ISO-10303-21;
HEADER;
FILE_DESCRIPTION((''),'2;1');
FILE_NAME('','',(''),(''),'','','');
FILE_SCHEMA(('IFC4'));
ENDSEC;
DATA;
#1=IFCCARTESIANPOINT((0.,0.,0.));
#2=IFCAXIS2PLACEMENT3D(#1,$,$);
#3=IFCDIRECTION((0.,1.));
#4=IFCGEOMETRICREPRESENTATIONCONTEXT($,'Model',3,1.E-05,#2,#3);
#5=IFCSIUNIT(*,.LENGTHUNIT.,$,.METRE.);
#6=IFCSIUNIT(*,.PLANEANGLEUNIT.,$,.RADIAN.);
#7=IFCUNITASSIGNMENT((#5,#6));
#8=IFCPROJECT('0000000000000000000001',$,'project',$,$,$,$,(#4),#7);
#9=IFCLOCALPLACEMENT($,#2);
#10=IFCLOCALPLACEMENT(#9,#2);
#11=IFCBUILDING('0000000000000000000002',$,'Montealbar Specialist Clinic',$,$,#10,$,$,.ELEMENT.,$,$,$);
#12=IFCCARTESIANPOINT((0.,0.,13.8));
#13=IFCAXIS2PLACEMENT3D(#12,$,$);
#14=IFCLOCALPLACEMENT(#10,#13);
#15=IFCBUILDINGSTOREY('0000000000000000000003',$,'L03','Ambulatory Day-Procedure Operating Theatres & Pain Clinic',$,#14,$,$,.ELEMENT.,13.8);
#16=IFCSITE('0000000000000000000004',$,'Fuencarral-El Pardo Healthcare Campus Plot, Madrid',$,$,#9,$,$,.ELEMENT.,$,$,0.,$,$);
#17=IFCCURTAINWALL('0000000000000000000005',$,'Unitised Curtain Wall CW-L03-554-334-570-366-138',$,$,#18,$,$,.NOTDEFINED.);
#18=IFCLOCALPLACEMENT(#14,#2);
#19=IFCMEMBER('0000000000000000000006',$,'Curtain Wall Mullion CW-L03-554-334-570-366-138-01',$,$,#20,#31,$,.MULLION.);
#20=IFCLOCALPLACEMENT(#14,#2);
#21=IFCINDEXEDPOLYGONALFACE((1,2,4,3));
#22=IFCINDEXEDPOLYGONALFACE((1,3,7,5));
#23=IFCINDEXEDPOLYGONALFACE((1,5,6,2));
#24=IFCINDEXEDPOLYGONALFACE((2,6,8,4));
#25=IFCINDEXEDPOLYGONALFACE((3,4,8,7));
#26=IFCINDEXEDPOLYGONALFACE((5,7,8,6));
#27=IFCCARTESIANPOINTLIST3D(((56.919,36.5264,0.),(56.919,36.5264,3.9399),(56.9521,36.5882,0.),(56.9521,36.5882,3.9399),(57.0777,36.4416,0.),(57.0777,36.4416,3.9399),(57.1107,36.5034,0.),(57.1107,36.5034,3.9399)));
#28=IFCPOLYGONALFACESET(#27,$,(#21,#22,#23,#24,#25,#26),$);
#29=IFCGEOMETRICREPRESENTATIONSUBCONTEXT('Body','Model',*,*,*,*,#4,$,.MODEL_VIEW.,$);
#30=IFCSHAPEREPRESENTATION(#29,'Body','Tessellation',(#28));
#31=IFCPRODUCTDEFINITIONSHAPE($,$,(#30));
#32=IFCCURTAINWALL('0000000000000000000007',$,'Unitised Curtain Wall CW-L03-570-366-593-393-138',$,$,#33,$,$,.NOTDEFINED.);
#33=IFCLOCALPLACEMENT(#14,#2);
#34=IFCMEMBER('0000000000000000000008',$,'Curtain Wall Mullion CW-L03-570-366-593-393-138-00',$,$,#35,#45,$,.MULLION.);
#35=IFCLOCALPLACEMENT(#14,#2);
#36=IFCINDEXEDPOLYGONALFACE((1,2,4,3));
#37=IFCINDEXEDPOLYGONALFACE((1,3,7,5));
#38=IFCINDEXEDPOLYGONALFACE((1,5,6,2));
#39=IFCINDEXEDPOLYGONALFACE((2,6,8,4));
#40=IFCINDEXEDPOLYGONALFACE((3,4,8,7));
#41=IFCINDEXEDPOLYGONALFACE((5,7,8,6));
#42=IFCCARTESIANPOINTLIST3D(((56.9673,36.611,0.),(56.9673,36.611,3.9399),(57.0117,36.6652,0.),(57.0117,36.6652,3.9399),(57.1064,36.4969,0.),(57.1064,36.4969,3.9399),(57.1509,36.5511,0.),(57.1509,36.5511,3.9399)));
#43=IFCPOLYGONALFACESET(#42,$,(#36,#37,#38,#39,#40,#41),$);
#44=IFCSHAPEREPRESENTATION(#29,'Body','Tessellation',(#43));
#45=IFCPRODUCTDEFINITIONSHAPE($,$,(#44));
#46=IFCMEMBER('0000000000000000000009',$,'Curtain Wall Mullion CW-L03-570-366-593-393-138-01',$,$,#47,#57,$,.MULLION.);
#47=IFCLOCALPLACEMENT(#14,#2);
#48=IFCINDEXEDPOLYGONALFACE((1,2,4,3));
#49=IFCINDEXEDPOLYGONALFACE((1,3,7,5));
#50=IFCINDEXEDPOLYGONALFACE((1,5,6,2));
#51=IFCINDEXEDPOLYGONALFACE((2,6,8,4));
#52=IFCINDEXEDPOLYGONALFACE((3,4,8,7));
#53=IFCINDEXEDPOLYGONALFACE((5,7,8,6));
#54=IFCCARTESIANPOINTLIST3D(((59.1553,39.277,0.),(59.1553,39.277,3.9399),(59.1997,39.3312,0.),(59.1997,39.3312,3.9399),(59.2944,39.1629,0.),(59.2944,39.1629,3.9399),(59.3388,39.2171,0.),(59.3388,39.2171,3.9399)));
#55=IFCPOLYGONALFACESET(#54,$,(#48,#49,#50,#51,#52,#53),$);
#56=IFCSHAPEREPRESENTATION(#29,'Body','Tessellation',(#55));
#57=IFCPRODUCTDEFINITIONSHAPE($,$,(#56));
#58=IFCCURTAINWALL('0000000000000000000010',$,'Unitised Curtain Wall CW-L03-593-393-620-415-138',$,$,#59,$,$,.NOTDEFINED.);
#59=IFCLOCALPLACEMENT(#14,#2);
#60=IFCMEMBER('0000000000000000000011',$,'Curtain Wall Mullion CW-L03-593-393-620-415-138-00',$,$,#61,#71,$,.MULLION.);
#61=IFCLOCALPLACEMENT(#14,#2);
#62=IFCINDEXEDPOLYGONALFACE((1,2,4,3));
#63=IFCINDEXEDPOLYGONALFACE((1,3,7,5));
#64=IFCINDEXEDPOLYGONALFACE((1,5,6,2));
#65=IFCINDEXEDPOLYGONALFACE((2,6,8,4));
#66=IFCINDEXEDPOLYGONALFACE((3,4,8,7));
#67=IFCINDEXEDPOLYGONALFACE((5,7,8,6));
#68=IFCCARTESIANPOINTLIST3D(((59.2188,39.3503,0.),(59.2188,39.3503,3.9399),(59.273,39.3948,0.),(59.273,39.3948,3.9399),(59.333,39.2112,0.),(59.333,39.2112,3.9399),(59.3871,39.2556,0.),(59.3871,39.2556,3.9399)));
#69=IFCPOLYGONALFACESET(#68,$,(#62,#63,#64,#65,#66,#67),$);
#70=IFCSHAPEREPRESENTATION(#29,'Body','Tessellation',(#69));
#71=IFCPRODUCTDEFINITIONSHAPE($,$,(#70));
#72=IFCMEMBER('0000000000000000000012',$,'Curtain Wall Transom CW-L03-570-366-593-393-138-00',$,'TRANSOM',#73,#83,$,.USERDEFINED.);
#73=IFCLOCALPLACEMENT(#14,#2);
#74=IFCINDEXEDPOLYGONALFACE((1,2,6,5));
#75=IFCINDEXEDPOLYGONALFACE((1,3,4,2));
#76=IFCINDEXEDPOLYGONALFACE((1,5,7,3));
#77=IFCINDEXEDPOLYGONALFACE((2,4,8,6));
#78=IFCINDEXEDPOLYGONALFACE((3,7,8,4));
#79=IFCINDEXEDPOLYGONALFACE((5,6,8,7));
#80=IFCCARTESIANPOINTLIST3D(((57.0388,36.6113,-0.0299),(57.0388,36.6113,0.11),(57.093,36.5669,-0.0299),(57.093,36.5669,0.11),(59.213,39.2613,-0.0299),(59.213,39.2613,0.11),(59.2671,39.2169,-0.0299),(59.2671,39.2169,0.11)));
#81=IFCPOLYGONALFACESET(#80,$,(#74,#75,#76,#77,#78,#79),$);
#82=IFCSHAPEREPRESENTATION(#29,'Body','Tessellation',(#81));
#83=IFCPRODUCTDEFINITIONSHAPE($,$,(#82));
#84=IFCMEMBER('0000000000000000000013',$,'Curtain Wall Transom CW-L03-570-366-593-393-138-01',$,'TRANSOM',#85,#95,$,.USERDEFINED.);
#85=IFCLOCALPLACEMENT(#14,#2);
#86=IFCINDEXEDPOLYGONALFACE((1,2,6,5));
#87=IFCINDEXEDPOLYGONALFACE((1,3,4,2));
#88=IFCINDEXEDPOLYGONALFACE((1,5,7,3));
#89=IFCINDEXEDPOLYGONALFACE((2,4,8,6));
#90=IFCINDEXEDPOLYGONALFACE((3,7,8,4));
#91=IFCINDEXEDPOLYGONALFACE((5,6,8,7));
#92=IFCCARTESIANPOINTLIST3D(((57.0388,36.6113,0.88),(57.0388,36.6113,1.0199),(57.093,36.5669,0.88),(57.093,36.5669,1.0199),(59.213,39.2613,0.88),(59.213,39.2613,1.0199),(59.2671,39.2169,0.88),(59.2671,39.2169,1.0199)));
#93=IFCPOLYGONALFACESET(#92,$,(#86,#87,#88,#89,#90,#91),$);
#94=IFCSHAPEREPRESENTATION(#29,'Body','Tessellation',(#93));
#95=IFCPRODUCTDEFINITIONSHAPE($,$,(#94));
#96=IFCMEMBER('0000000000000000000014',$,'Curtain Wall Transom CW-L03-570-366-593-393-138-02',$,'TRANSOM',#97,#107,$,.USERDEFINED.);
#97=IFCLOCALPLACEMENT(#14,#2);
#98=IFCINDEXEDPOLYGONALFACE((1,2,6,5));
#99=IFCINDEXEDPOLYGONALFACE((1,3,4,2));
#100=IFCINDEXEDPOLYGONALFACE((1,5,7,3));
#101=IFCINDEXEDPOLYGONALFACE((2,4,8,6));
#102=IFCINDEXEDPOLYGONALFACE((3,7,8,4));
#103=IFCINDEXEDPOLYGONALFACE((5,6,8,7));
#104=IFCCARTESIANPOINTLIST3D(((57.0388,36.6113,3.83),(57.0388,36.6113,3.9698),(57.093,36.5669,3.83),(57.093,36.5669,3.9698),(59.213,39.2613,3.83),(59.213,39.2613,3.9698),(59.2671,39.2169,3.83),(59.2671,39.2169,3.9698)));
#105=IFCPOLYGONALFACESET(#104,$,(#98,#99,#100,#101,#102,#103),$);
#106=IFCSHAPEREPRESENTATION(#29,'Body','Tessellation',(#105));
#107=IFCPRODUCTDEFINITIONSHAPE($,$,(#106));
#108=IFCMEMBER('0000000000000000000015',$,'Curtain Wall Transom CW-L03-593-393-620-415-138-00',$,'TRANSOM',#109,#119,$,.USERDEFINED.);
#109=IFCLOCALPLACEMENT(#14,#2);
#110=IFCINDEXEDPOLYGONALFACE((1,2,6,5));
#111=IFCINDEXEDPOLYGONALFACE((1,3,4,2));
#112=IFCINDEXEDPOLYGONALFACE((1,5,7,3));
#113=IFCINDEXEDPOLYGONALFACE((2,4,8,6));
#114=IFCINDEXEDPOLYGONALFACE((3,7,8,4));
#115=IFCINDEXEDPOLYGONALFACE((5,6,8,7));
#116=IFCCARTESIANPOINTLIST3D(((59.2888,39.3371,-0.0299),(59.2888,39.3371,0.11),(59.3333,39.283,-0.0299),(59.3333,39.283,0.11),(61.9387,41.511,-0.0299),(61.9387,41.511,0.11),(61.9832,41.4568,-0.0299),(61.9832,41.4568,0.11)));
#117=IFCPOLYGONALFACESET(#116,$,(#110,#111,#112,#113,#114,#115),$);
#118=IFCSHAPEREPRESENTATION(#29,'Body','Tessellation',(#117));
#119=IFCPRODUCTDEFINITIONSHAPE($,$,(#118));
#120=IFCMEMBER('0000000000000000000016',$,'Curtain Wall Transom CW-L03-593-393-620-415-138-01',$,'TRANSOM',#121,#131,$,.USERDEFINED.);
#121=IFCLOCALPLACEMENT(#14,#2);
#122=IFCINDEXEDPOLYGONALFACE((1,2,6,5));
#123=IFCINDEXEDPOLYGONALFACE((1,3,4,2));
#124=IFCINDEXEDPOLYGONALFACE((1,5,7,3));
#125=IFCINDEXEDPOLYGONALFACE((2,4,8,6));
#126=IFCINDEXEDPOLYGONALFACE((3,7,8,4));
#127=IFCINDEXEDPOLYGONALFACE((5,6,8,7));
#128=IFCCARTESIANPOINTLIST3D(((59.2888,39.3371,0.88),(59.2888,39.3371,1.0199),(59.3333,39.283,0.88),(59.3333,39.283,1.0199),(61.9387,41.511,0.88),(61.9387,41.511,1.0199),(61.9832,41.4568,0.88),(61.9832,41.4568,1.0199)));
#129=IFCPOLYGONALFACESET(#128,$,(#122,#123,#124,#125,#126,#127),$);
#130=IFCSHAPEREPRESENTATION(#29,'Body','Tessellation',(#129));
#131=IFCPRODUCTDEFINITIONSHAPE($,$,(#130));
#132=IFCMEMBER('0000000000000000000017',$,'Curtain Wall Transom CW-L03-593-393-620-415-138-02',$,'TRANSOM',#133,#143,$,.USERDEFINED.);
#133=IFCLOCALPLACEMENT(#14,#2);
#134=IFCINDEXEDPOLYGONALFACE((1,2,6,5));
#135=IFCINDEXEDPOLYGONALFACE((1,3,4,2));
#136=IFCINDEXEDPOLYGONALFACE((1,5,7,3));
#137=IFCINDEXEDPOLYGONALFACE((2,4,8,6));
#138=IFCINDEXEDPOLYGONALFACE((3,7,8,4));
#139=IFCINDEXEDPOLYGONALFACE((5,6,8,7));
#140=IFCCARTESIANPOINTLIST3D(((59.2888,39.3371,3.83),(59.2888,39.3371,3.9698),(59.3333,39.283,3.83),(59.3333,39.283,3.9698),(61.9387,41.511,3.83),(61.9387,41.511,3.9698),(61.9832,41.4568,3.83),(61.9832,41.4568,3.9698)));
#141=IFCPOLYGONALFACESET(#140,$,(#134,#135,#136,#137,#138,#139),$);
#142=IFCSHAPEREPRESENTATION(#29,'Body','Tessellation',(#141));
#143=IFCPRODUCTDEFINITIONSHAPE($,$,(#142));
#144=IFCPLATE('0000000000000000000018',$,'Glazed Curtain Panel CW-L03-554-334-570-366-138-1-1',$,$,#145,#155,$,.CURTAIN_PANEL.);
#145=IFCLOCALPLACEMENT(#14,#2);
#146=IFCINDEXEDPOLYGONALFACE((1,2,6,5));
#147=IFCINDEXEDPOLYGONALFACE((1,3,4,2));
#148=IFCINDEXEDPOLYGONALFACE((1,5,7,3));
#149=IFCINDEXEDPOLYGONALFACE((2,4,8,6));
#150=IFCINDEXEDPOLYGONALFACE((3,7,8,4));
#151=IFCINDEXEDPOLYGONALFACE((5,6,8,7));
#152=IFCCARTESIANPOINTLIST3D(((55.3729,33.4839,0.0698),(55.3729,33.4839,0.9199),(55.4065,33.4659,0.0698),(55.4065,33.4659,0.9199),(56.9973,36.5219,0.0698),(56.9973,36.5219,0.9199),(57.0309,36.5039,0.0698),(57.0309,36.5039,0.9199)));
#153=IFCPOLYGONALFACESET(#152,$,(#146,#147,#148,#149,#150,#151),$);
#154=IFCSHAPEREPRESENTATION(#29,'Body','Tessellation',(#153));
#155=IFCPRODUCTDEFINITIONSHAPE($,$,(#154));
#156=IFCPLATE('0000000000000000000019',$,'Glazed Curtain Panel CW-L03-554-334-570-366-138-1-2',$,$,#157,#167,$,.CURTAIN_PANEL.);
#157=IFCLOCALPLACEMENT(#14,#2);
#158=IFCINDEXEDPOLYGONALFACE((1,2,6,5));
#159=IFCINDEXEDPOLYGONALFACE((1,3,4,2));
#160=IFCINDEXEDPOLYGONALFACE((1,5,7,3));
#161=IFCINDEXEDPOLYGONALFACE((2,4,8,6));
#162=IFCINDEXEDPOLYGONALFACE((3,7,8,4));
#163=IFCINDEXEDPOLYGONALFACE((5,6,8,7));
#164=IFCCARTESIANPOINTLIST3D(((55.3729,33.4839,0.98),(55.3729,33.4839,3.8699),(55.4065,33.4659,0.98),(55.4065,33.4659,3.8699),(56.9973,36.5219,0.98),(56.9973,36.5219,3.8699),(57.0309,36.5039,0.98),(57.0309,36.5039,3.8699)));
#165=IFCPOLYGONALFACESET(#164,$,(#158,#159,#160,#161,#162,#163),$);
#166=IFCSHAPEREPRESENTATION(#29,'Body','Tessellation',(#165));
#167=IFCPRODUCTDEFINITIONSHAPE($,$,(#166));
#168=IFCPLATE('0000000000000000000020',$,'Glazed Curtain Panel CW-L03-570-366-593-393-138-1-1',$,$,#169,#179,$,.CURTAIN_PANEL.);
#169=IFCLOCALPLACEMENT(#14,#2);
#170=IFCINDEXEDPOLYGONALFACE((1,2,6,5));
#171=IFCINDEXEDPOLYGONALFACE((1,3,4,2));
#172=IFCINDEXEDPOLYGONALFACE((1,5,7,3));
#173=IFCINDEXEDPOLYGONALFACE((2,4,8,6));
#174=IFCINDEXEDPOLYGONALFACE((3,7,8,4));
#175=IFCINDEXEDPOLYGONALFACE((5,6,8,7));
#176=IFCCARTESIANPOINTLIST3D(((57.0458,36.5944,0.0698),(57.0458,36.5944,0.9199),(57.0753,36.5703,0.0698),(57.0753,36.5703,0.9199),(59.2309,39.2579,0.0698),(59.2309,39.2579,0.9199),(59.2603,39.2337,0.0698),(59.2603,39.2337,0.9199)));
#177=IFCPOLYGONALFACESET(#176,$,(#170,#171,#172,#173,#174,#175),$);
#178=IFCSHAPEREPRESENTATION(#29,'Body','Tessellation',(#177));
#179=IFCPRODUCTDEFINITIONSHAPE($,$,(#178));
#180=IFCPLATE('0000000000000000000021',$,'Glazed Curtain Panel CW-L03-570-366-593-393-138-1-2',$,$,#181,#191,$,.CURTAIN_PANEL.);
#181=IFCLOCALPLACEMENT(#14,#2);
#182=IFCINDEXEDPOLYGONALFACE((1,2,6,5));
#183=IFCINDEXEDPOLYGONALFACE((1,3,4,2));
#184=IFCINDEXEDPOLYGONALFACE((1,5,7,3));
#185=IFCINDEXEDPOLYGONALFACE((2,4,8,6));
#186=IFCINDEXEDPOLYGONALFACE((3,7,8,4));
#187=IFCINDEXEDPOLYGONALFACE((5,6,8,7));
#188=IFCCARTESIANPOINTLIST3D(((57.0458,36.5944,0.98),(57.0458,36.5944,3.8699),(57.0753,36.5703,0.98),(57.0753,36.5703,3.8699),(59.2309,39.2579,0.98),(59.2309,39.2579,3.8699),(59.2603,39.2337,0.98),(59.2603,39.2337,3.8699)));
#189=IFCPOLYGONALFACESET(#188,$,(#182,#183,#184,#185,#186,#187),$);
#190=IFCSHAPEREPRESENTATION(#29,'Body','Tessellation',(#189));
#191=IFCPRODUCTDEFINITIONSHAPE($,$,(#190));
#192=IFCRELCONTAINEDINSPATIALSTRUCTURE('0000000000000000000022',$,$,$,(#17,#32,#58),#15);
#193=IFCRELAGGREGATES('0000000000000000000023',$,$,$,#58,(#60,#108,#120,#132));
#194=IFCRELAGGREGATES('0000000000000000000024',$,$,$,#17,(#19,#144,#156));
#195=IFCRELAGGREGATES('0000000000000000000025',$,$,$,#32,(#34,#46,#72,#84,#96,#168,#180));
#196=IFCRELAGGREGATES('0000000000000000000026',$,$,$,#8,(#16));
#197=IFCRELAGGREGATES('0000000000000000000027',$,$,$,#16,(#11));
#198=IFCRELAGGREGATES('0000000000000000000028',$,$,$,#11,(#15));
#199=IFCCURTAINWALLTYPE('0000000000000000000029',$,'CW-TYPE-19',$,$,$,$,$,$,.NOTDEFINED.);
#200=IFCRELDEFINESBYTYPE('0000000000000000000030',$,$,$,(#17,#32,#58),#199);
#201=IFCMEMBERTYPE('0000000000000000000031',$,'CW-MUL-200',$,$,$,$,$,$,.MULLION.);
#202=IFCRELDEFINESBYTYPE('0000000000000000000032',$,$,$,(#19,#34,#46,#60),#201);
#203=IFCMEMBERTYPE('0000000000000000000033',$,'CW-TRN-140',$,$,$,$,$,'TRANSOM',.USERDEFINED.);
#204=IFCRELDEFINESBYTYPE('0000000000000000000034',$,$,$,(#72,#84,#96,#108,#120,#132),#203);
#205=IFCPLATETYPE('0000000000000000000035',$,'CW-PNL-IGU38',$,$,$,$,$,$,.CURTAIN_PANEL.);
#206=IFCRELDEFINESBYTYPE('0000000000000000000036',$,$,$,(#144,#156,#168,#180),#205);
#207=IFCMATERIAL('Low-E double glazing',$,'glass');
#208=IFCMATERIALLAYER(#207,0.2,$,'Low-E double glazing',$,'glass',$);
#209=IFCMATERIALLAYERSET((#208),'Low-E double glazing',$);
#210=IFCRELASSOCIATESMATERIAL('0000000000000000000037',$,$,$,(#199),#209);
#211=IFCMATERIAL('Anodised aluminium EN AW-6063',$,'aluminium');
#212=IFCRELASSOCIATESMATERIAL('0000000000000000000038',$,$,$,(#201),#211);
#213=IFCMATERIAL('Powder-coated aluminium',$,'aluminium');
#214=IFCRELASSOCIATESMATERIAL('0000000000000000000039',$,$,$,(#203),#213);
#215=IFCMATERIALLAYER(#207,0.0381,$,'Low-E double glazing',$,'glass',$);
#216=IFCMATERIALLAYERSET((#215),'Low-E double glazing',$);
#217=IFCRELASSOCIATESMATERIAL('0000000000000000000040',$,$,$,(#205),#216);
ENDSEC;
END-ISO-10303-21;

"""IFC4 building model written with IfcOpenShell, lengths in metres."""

from ifc_helpers import new_model, si_unit, direction, frame, origin, origin_2d, place, context, subcontext, project, spatial, rectangle, extrude, material, layer, layer_set, material_profile, profile_set, type_object, element, aggregate, save


model = new_model("IFC4")

# Units and contexts
model_context = context("Model", 3, precision=1e-05, world=origin(), true_north=direction((0.0, 1.0)))
body_context = subcontext(model_context, "Body", "Model", "MODEL_VIEW")
ifc_project = project(units=[si_unit("LENGTHUNIT", "METRE"), si_unit("PLANEANGLEUNIT", "RADIAN")], contexts=[model_context])

# Site, building, storey
site_placement = place(None, origin())
site = spatial("IfcSite", under=ifc_project, at=site_placement, Name="Fuencarral-El Pardo Healthcare Campus Plot, Madrid", CompositionType="ELEMENT", RefElevation=0.0)
building_placement = place(site_placement, origin())
building = spatial("IfcBuilding", under=site, at=building_placement, Name="Montealbar Specialist Clinic", CompositionType="ELEMENT")
storey_placement = place(building_placement, frame((0.0, 0.0, 13.8)))
storey = spatial("IfcBuildingStorey", under=building, at=storey_placement, Name="L03", Description="Ambulatory Day-Procedure Operating Theatres & Pain Clinic", CompositionType="ELEMENT", Elevation=13.8)

# Curtain wall, member
ifc_material_1 = material(Name="Low-E double glazing", Category="glass")
ifc_layer_1 = layer(ifc_material_1, 0.2, Name="Low-E double glazing", Category="glass")
ifc_layer_set_1 = layer_set([ifc_layer_1], Name="Low-E double glazing")
curtain_wall_type = type_object("IfcCurtainWallType", Name="CW-TYPE-19", PredefinedType="NOTDEFINED", material=ifc_layer_set_1)
curtain_wall_1_placement = place(storey_placement, origin())
curtain_wall_1 = element("IfcCurtainWall", 1, at=curtain_wall_1_placement, inside=storey, type_object=curtain_wall_type, Name="Unitised Curtain Wall CW-L03-554-334-570-366-138", PredefinedType="NOTDEFINED")
ifc_material_2 = material(Name="Anodised aluminium EN AW-6063", Category="aluminium")
ifc_material_profile_1 = material_profile(ifc_material_2, rectangle(XDim=0.0701, YDim=0.1799, at=origin_2d()), Name="ALU 70x180", Category="aluminium")
ifc_profile_set_1 = profile_set([ifc_material_profile_1], Name="Anodised aluminium EN AW-6063")
member_type_1 = type_object("IfcMemberType", Name="CW-MUL-200", PredefinedType="MULLION", material=ifc_profile_set_1)
member_1_placement = place(storey_placement, frame((57.0149, 36.5149, 0.0), z_axis=(0.0, 0.0, 1.0), x_axis=(0.471529, 0.88185, 0.0)))
member_1 = element("IfcMember", 2, at=member_1_placement, type_object=member_type_1, Name="Curtain Wall Mullion CW-L03-554-334-570-366-138-01", PredefinedType="MULLION", context=body_context, shape_type="SweptSolid", body=[
    extrude(rectangle(XDim=0.0701, YDim=0.1799, at=origin_2d()), origin(), (0.0, 0.0, 1.0), 3.9399),
])

# Curtain wall, members
curtain_wall_2_placement = place(storey_placement, origin())
curtain_wall_2 = element("IfcCurtainWall", 3, at=curtain_wall_2_placement, inside=storey, type_object=curtain_wall_type, Name="Unitised Curtain Wall CW-L03-570-366-593-393-138", PredefinedType="NOTDEFINED")
member_2_placement = place(storey_placement, frame((57.0591, 36.5811, 0.0), z_axis=(0.0, 0.0, 1.0), x_axis=(0.634256, 0.773123, 0.0)))
member_2 = element("IfcMember", 4, at=member_2_placement, type_object=member_type_1, Name="Curtain Wall Mullion CW-L03-570-366-593-393-138-00", PredefinedType="MULLION", context=body_context, shape_type="SweptSolid", body=[
    extrude(rectangle(XDim=0.0701, YDim=0.1799, at=origin_2d()), origin(), (0.0, 0.0, 1.0), 3.9399),
])
member_3_placement = place(storey_placement, frame((59.2471, 39.2471, 0.0), z_axis=(0.0, 0.0, 1.0), x_axis=(0.634256, 0.773123, 0.0)))
member_3 = element("IfcMember", 5, at=member_3_placement, type_object=member_type_1, Name="Curtain Wall Mullion CW-L03-570-366-593-393-138-01", PredefinedType="MULLION", context=body_context, shape_type="SweptSolid", body=[
    extrude(rectangle(XDim=0.0701, YDim=0.1799, at=origin_2d()), origin(), (0.0, 0.0, 1.0), 3.9399),
])

# Curtain wall, member
curtain_wall_3_placement = place(storey_placement, origin())
curtain_wall_3 = element("IfcCurtainWall", 6, at=curtain_wall_3_placement, inside=storey, type_object=curtain_wall_type, Name="Unitised Curtain Wall CW-L03-593-393-620-415-138", PredefinedType="NOTDEFINED")
member_4_placement = place(storey_placement, frame((59.303, 39.303, 0.0), z_axis=(0.0, 0.0, 1.0), x_axis=(0.773123, 0.634256, 0.0)))
member_4 = element("IfcMember", 7, at=member_4_placement, type_object=member_type_1, Name="Curtain Wall Mullion CW-L03-593-393-620-415-138-00", PredefinedType="MULLION", context=body_context, shape_type="SweptSolid", body=[
    extrude(rectangle(XDim=0.0701, YDim=0.1799, at=origin_2d()), origin(), (0.0, 0.0, 1.0), 3.9399),
])

# Members
ifc_material_3 = material(Name="Powder-coated aluminium", Category="aluminium")
ifc_material_profile_2 = material_profile(ifc_material_3, rectangle(XDim=0.0701, YDim=0.1399, at=origin_2d()), Name="ALU 70x140", Category="aluminium")
ifc_profile_set_2 = profile_set([ifc_material_profile_2], Name="Powder-coated aluminium")
member_type_2 = type_object("IfcMemberType", Name="CW-TRN-140", ElementType="TRANSOM", PredefinedType="USERDEFINED", material=ifc_profile_set_2)
member_5_placement = place(storey_placement, frame((57.0659, 36.5891, 0.04), z_axis=(0.634281, 0.773103, 0.0), x_axis=(-0.773103, 0.634281, 0.0)))
member_5 = element("IfcMember", 8, at=member_5_placement, type_object=member_type_2, Name="Curtain Wall Transom CW-L03-570-366-593-393-138-00", ObjectType="TRANSOM", PredefinedType="USERDEFINED", context=body_context, shape_type="SweptSolid", body=[
    extrude(rectangle(XDim=0.0701, YDim=0.1399, at=origin_2d()), origin(), (0.0, 0.0, 1.0), 3.4277),
])
member_6_placement = place(storey_placement, frame((57.0659, 36.5891, 0.95), z_axis=(0.634281, 0.773103, 0.0), x_axis=(-0.773103, 0.634281, 0.0)))
member_6 = element("IfcMember", 9, at=member_6_placement, type_object=member_type_2, Name="Curtain Wall Transom CW-L03-570-366-593-393-138-01", ObjectType="TRANSOM", PredefinedType="USERDEFINED", context=body_context, shape_type="SweptSolid", body=[
    extrude(rectangle(XDim=0.0701, YDim=0.1399, at=origin_2d()), origin(), (0.0, 0.0, 1.0), 3.4277),
])
member_7_placement = place(storey_placement, frame((57.0659, 36.5891, 3.8999), z_axis=(0.634281, 0.773103, 0.0), x_axis=(-0.773103, 0.634281, 0.0)))
member_7 = element("IfcMember", 10, at=member_7_placement, type_object=member_type_2, Name="Curtain Wall Transom CW-L03-570-366-593-393-138-02", ObjectType="TRANSOM", PredefinedType="USERDEFINED", context=body_context, shape_type="SweptSolid", body=[
    extrude(rectangle(XDim=0.0701, YDim=0.1399, at=origin_2d()), origin(), (0.0, 0.0, 1.0), 3.4277),
])
member_8_placement = place(storey_placement, frame((59.311, 39.3101, 0.04), z_axis=(0.773138, 0.634238, 0.0), x_axis=(-0.634238, 0.773138, 0.0)))
member_8 = element("IfcMember", 11, at=member_8_placement, type_object=member_type_2, Name="Curtain Wall Transom CW-L03-593-393-620-415-138-00", ObjectType="TRANSOM", PredefinedType="USERDEFINED", context=body_context, shape_type="SweptSolid", body=[
    extrude(rectangle(XDim=0.0701, YDim=0.1399, at=origin_2d()), origin(), (0.0, 0.0, 1.0), 3.4275),
])
member_9_placement = place(storey_placement, frame((59.311, 39.3101, 0.95), z_axis=(0.773138, 0.634238, 0.0), x_axis=(-0.634238, 0.773138, 0.0)))
member_9 = element("IfcMember", 12, at=member_9_placement, type_object=member_type_2, Name="Curtain Wall Transom CW-L03-593-393-620-415-138-01", ObjectType="TRANSOM", PredefinedType="USERDEFINED", context=body_context, shape_type="SweptSolid", body=[
    extrude(rectangle(XDim=0.0701, YDim=0.1399, at=origin_2d()), origin(), (0.0, 0.0, 1.0), 3.4275),
])
member_10_placement = place(storey_placement, frame((59.311, 39.3101, 3.8999), z_axis=(0.773138, 0.634238, 0.0), x_axis=(-0.634238, 0.773138, 0.0)))
member_10 = element("IfcMember", 13, at=member_10_placement, type_object=member_type_2, Name="Curtain Wall Transom CW-L03-593-393-620-415-138-02", ObjectType="TRANSOM", PredefinedType="USERDEFINED", context=body_context, shape_type="SweptSolid", body=[
    extrude(rectangle(XDim=0.0701, YDim=0.1399, at=origin_2d()), origin(), (0.0, 0.0, 1.0), 3.4275),
])
aggregate(curtain_wall_3, [member_4, member_8, member_9, member_10])

# Plates
ifc_layer_2 = layer(ifc_material_1, 0.0381, Name="Low-E double glazing", Category="glass")
ifc_layer_set_2 = layer_set([ifc_layer_2], Name="Low-E double glazing")
plate_type = type_object("IfcPlateType", Name="CW-PNL-IGU38", PredefinedType="CURTAIN_PANEL", material=ifc_layer_set_2)
plate_1_placement = place(storey_placement, frame((56.2019, 34.9939, 0.0698), z_axis=(0.0, 0.0, 1.0), x_axis=(0.471529, 0.88185, 0.0)))
plate_1 = element("IfcPlate", 14, at=plate_1_placement, type_object=plate_type, Name="Glazed Curtain Panel CW-L03-554-334-570-366-138-1-1", PredefinedType="CURTAIN_PANEL", context=body_context, shape_type="SweptSolid", body=[
    extrude(rectangle(XDim=3.4451, YDim=0.0381, at=origin_2d()), origin(), (0.0, 0.0, 1.0), 0.8501),
])
plate_2_placement = place(storey_placement, frame((56.2019, 34.9939, 0.98), z_axis=(0.0, 0.0, 1.0), x_axis=(0.471529, 0.88185, 0.0)))
plate_2 = element("IfcPlate", 15, at=plate_2_placement, type_object=plate_type, Name="Glazed Curtain Panel CW-L03-554-334-570-366-138-1-2", PredefinedType="CURTAIN_PANEL", context=body_context, shape_type="SweptSolid", body=[
    extrude(rectangle(XDim=3.4451, YDim=0.0381, at=origin_2d()), origin(), (0.0, 0.0, 1.0), 2.8899),
])
aggregate(curtain_wall_1, [member_1, plate_1, plate_2])
plate_3_placement = place(storey_placement, frame((58.1531, 37.9141, 0.0698), z_axis=(0.0, 0.0, 1.0), x_axis=(0.634256, 0.773123, 0.0)))
plate_3 = element("IfcPlate", 16, at=plate_3_placement, type_object=plate_type, Name="Glazed Curtain Panel CW-L03-570-366-593-393-138-1-1", PredefinedType="CURTAIN_PANEL", context=body_context, shape_type="SweptSolid", body=[
    extrude(rectangle(XDim=3.4451, YDim=0.0381, at=origin_2d()), origin(), (0.0, 0.0, 1.0), 0.8501),
])
plate_4_placement = place(storey_placement, frame((58.1531, 37.9141, 0.98), z_axis=(0.0, 0.0, 1.0), x_axis=(0.634256, 0.773123, 0.0)))
plate_4 = element("IfcPlate", 17, at=plate_4_placement, type_object=plate_type, Name="Glazed Curtain Panel CW-L03-570-366-593-393-138-1-2", PredefinedType="CURTAIN_PANEL", context=body_context, shape_type="SweptSolid", body=[
    extrude(rectangle(XDim=3.4451, YDim=0.0381, at=origin_2d()), origin(), (0.0, 0.0, 1.0), 2.8899),
])
aggregate(curtain_wall_2, [member_2, member_3, member_5, member_6, member_7, plate_3, plate_4])

save(model, "model.ifc")
